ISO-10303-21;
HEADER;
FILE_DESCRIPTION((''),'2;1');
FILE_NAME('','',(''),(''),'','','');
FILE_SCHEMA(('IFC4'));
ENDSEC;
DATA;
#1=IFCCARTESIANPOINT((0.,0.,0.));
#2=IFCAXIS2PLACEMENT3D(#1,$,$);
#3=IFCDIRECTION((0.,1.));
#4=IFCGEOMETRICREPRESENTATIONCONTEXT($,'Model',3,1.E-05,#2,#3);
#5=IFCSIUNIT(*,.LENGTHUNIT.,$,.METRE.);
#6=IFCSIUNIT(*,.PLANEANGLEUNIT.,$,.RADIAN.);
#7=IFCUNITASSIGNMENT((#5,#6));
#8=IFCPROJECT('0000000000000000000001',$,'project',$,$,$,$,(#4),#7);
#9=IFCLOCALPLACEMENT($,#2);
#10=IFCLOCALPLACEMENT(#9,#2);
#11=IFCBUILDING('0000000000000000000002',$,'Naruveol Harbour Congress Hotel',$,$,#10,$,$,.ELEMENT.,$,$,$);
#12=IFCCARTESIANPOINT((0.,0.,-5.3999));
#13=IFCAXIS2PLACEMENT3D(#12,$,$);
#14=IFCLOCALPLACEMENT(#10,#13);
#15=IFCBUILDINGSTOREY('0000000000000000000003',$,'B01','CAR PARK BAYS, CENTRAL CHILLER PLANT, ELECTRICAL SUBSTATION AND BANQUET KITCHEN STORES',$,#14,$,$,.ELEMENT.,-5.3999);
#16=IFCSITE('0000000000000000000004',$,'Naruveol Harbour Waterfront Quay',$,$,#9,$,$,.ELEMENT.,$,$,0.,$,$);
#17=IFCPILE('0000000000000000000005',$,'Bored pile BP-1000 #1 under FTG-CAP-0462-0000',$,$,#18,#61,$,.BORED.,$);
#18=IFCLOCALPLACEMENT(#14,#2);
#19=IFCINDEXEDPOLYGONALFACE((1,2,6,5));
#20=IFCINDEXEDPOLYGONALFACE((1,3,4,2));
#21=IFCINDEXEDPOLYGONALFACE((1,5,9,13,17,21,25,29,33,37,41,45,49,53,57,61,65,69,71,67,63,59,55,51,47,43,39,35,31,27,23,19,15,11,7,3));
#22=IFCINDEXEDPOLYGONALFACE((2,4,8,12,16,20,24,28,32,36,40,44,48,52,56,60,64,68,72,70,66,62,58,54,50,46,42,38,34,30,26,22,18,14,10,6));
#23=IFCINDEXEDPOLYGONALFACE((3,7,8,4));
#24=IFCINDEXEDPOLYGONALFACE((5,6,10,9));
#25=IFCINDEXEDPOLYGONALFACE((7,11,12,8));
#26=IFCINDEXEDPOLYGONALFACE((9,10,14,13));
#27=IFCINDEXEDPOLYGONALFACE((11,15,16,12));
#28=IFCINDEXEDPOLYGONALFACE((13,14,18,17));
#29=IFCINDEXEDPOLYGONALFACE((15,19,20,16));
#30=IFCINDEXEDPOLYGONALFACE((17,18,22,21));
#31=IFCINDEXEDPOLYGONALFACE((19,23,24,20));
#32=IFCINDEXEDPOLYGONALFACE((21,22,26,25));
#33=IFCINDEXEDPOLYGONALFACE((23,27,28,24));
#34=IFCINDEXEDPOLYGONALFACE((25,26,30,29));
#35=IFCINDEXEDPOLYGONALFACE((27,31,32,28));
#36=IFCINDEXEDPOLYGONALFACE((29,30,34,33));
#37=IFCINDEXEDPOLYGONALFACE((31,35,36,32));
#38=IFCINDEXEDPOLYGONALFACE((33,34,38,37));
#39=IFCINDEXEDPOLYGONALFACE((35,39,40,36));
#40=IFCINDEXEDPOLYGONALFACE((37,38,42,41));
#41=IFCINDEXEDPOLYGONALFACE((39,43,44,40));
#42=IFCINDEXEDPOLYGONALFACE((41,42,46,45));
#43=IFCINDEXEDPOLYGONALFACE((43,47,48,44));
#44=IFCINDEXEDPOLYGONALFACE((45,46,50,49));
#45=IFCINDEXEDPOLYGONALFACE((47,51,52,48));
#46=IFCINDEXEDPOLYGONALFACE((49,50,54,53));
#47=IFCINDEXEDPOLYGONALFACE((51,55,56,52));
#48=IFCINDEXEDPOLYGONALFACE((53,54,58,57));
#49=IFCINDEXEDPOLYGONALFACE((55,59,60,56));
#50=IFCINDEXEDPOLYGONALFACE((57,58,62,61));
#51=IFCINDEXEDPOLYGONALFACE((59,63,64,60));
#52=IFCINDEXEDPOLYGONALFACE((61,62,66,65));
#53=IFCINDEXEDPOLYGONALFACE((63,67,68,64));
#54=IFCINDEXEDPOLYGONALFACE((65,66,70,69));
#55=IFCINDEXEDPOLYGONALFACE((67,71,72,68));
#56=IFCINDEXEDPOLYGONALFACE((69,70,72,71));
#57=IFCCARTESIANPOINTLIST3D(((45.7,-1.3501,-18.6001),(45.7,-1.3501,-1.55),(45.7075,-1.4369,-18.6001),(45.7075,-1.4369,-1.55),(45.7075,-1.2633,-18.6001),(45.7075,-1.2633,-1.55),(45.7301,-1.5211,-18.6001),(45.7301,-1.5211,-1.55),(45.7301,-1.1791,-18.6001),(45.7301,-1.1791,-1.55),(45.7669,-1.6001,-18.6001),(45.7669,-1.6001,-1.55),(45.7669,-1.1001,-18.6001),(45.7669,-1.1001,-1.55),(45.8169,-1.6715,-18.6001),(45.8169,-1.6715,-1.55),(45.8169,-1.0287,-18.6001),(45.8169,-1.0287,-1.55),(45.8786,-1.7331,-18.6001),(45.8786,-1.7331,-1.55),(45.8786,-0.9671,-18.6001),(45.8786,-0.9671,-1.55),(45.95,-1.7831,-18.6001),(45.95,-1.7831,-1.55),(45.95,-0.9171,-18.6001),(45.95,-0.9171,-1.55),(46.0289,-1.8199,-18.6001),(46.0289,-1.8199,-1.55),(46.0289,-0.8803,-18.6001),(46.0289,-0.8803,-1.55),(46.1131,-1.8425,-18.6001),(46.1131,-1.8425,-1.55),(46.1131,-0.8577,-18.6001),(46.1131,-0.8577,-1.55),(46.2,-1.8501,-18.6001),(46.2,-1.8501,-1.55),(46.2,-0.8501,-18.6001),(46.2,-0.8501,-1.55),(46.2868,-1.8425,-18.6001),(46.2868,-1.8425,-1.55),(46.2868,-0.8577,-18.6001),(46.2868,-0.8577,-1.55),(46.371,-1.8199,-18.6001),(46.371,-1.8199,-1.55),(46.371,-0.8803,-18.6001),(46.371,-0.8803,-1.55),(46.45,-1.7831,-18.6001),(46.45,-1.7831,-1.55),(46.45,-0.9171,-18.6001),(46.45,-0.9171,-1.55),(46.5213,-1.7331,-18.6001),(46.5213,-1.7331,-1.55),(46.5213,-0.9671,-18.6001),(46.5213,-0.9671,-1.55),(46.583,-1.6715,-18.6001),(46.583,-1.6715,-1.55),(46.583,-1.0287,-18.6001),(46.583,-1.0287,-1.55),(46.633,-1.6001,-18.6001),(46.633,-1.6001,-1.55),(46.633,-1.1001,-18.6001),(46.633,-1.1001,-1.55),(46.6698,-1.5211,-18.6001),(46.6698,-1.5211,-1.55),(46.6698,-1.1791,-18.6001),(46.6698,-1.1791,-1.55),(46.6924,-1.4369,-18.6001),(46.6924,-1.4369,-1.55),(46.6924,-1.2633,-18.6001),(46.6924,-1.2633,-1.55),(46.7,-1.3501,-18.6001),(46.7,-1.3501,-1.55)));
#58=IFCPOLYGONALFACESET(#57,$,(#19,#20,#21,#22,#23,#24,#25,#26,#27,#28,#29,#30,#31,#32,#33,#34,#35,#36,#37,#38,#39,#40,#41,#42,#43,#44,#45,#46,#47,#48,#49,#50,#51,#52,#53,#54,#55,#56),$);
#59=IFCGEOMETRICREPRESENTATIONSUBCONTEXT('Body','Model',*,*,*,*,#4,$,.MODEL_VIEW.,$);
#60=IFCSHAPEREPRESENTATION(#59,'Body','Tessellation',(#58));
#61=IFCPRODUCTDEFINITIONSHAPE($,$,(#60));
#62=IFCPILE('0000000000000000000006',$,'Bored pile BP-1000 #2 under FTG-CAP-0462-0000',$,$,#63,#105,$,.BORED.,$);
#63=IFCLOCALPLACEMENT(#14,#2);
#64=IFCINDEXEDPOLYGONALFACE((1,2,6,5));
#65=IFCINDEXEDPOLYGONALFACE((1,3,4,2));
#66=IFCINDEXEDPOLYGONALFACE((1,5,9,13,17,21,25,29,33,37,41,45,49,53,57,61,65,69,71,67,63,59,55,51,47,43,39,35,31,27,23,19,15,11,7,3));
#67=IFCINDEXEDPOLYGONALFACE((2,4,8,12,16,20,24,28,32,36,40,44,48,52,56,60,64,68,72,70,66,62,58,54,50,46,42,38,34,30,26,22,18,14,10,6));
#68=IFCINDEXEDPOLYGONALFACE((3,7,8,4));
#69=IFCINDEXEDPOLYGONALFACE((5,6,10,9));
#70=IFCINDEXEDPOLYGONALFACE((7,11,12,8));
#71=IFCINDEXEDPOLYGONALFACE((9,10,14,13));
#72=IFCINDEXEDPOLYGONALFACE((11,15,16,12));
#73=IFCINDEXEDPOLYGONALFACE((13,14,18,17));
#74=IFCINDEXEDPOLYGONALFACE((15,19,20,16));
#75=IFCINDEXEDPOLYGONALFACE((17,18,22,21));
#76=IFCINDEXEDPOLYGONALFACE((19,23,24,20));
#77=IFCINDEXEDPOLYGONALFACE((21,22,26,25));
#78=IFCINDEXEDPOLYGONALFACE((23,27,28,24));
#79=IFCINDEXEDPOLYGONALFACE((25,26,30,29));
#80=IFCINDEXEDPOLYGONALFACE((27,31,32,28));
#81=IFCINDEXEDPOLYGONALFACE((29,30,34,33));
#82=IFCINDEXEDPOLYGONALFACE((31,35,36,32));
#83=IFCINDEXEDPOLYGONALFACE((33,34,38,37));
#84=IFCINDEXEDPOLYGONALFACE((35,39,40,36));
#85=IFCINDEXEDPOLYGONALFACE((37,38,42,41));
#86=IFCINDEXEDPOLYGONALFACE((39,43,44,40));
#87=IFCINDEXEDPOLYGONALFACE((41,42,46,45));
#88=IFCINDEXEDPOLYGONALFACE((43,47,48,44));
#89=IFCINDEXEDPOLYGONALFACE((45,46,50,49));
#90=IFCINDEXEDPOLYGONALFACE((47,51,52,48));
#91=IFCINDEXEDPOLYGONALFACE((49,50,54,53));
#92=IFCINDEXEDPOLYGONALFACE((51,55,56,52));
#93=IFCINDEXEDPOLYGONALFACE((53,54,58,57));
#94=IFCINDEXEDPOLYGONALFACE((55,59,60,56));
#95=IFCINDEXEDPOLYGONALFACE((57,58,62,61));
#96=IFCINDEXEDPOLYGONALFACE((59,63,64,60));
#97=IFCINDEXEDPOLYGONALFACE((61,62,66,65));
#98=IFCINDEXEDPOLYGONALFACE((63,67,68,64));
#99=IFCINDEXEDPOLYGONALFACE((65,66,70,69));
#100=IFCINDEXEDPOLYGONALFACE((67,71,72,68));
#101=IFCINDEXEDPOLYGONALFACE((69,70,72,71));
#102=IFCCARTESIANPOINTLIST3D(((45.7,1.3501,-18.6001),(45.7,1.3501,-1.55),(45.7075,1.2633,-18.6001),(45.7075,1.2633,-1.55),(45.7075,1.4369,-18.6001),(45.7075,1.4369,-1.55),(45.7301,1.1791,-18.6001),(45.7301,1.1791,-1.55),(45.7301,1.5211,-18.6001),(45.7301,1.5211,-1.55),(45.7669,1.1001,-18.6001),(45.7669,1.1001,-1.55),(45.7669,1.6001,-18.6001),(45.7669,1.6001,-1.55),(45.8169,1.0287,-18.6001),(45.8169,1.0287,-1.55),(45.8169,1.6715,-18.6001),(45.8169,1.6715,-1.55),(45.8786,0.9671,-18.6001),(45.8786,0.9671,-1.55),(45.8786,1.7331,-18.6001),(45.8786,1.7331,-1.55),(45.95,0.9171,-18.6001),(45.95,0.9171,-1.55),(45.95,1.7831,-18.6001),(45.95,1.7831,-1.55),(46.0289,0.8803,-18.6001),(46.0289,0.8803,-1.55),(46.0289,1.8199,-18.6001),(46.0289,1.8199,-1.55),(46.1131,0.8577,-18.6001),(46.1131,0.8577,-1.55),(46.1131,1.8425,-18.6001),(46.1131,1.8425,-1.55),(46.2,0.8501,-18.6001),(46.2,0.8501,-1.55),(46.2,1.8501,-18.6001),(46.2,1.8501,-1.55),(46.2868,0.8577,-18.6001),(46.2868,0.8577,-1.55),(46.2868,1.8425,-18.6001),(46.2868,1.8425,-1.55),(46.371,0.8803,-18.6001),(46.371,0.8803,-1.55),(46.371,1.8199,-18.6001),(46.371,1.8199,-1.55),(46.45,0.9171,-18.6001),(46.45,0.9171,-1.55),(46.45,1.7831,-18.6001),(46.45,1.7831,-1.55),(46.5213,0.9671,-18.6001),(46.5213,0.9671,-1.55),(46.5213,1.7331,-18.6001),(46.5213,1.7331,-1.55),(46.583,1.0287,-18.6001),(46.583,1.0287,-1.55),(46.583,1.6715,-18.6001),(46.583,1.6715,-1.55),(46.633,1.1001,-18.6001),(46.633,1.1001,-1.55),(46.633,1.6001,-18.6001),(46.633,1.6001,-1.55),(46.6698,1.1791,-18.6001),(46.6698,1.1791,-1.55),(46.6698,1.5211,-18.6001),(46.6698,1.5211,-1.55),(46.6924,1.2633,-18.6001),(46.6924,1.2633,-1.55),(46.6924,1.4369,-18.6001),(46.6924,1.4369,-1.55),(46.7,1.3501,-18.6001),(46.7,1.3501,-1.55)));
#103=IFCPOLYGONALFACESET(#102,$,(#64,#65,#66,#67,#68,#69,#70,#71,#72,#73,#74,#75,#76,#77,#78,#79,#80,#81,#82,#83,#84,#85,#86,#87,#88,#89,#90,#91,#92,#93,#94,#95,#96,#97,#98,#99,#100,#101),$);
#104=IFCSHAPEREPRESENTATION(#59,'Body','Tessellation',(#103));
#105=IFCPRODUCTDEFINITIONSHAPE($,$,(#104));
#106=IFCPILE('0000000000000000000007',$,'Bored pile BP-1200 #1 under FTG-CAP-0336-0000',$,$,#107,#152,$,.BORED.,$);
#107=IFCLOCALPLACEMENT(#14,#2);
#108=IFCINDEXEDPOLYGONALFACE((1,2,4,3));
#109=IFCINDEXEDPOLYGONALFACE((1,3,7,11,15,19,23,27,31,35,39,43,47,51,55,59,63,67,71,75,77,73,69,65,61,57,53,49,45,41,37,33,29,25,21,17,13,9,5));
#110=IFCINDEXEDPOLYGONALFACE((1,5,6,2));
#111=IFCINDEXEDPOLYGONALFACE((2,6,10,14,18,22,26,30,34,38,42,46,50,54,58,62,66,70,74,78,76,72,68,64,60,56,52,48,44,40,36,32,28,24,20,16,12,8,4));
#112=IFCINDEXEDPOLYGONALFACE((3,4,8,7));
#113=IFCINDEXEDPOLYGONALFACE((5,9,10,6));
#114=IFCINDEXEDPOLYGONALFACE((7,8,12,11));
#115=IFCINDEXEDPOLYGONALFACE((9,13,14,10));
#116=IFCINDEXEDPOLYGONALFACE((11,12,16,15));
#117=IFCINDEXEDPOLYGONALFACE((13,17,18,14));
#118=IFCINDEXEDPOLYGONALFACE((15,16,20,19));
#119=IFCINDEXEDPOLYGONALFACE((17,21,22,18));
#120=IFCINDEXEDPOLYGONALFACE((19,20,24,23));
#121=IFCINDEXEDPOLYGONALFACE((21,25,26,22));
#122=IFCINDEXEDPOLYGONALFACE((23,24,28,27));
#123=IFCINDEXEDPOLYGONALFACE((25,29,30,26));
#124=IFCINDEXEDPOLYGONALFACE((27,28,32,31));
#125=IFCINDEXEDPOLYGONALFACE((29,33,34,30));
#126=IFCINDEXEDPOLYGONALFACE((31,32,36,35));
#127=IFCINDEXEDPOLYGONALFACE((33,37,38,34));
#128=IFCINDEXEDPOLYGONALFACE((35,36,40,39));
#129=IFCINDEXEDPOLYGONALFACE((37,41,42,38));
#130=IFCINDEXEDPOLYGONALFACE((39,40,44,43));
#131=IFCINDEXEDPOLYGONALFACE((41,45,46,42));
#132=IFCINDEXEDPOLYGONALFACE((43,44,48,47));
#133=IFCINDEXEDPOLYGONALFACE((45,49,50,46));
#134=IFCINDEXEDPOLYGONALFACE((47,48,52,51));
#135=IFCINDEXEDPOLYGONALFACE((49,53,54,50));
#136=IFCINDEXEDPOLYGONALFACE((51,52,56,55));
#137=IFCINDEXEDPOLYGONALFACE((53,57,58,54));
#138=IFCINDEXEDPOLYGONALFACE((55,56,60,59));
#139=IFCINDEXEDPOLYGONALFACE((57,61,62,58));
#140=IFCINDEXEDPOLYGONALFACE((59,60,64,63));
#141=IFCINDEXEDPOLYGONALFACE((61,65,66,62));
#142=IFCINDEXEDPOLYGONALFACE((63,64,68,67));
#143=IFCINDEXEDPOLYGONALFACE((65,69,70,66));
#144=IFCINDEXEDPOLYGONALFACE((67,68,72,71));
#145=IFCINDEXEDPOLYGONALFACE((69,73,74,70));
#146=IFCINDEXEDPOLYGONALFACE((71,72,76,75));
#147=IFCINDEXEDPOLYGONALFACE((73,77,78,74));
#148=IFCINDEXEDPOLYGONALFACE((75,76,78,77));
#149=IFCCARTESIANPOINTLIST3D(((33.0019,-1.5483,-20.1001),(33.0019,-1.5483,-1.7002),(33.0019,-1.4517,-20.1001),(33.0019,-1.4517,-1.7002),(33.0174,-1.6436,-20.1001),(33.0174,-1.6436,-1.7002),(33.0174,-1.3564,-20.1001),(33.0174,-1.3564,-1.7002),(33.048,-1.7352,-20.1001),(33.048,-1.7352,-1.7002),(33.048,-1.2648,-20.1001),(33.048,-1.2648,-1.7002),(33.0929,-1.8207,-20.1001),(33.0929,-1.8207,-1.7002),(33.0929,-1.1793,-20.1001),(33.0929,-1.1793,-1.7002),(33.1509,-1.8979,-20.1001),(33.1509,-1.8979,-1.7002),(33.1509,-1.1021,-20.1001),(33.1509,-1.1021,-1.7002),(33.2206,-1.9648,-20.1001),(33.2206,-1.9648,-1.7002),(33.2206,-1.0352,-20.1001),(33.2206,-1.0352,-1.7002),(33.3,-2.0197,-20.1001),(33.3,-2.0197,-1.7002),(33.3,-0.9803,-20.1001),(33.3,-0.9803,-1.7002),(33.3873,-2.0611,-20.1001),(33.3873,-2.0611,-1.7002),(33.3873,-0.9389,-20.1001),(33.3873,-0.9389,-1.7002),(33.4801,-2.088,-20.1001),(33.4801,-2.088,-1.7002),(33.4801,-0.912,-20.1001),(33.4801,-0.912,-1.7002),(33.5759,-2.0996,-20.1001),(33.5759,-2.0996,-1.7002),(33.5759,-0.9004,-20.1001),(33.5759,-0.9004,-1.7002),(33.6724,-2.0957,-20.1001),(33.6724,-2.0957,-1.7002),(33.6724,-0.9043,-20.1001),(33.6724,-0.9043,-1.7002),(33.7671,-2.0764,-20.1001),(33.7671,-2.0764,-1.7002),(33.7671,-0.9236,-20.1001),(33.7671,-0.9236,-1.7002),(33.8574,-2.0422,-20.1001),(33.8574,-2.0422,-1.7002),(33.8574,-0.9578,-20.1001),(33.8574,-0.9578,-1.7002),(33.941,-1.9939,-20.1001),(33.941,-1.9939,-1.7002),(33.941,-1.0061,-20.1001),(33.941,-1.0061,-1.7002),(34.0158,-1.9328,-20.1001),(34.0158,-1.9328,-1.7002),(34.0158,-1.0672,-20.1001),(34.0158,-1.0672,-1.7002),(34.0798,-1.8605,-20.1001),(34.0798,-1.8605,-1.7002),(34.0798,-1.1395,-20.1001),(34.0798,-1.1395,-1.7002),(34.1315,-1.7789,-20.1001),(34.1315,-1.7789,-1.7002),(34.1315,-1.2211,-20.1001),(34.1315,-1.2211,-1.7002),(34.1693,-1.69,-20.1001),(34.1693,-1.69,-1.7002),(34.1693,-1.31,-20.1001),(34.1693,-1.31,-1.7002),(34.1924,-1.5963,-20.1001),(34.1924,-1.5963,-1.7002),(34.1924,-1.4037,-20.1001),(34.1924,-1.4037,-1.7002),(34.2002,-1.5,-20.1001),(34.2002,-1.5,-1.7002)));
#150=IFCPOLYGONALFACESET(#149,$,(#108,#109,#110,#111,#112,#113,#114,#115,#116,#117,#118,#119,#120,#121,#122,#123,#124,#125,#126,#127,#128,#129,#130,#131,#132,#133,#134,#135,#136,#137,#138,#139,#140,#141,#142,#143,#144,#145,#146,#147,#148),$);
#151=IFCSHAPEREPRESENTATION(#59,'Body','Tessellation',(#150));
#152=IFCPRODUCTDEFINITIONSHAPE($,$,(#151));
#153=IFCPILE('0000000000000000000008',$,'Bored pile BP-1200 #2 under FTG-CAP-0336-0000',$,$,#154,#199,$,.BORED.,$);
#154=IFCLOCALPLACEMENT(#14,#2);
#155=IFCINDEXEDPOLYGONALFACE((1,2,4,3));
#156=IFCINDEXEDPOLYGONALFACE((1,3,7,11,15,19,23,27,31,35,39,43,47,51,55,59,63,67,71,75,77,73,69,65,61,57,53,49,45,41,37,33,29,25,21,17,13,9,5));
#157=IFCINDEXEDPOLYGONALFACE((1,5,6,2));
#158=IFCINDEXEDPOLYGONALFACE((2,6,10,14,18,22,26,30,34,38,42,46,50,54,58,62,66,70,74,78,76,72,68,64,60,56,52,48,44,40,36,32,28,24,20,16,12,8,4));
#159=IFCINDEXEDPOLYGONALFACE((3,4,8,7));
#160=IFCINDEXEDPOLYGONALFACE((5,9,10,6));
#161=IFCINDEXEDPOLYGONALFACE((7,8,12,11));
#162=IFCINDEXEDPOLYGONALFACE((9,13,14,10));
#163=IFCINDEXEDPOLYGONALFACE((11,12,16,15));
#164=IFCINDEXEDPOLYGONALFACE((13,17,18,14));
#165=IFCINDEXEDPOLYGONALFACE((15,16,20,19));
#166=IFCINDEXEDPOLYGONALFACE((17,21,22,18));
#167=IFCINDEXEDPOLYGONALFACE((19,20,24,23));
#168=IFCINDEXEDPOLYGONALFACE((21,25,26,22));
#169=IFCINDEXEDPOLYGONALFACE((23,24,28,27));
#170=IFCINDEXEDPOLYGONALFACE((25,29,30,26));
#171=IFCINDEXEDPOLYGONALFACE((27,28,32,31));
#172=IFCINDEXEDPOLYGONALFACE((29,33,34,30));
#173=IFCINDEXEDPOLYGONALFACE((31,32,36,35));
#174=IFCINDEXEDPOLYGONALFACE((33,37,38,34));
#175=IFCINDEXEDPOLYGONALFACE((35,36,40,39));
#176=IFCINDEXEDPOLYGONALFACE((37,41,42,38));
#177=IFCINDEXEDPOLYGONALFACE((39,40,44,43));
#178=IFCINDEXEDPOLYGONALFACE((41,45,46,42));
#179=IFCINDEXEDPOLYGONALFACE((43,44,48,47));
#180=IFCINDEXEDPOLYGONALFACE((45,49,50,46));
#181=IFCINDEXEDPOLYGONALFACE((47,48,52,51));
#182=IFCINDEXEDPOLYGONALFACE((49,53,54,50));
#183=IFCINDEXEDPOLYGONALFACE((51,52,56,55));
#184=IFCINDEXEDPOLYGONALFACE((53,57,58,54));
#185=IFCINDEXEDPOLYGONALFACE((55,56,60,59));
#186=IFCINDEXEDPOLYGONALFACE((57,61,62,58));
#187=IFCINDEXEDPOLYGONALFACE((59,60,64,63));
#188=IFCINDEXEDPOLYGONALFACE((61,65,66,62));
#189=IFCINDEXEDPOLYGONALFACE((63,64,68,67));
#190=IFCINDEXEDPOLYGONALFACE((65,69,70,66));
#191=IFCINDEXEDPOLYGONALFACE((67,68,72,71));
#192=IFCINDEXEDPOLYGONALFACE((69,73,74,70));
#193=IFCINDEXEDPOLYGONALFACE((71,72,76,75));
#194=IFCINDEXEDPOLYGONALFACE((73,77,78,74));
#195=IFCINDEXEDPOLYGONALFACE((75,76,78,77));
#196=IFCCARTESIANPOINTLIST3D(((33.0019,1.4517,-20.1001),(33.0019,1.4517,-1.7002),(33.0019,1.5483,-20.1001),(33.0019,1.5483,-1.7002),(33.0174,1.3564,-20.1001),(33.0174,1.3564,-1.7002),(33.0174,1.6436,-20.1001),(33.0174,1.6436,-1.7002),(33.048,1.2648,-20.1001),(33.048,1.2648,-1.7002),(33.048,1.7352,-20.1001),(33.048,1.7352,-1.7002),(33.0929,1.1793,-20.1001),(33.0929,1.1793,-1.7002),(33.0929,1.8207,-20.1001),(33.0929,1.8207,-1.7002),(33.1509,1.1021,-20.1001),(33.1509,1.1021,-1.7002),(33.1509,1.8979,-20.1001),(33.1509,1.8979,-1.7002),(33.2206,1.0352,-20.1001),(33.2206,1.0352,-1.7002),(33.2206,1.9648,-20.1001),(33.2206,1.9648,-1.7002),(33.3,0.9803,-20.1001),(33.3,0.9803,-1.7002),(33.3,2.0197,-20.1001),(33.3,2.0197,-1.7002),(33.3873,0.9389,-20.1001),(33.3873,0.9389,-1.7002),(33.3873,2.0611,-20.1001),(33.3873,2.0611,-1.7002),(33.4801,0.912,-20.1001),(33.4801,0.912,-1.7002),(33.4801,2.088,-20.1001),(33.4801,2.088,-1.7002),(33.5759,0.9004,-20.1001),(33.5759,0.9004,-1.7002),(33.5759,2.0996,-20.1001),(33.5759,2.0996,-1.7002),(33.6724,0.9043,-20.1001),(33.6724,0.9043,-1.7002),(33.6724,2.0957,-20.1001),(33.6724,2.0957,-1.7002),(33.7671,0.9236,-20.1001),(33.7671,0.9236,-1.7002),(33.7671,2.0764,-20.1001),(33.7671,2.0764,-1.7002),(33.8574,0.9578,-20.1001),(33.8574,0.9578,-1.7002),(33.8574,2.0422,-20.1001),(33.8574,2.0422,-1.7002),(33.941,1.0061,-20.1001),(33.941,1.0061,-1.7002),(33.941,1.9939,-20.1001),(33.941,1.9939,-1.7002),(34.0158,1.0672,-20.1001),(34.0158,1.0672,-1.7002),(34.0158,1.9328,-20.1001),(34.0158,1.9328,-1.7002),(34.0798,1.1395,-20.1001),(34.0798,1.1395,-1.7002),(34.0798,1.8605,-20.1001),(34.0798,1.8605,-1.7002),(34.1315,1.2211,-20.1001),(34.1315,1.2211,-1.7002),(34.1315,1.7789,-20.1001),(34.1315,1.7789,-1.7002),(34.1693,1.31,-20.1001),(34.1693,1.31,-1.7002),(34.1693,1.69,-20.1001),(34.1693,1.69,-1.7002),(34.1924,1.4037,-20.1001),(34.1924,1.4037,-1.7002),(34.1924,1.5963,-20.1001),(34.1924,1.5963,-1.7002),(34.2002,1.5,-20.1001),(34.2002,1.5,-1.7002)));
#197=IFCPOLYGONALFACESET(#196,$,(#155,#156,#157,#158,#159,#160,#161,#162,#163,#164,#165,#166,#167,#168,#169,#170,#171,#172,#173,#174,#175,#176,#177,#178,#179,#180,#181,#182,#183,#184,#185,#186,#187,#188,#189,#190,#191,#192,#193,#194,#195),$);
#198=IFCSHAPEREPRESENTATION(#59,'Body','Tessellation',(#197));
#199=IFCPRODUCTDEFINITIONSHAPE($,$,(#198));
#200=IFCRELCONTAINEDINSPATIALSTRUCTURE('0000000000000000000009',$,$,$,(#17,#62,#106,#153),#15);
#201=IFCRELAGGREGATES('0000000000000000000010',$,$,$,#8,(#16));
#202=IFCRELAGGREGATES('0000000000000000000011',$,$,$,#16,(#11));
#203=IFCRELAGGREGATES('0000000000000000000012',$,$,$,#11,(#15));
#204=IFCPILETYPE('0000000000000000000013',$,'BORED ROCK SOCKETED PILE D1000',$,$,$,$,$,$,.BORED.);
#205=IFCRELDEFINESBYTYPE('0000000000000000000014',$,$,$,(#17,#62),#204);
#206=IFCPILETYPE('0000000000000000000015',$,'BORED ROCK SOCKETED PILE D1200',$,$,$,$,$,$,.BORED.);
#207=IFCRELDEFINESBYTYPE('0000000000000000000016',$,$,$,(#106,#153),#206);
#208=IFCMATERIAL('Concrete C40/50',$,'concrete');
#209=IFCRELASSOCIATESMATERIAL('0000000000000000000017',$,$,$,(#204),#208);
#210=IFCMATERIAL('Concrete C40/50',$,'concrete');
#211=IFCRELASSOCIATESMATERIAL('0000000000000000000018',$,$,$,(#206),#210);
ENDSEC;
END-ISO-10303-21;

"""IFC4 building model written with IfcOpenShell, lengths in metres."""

from ifc_helpers import new_model, si_unit, direction, frame, origin, origin_2d, place, context, subcontext, project, spatial, circle, extrude, material, material_profile, profile_set, type_object, element, save


model = new_model("IFC4")

# Units and contexts
model_context = context("Model", 3, precision=1e-05, world=origin(), true_north=direction((0.0, 1.0)))
body_context = subcontext(model_context, "Body", "Model", "MODEL_VIEW")
ifc_project = project(units=[si_unit("LENGTHUNIT", "METRE"), si_unit("PLANEANGLEUNIT", "RADIAN")], contexts=[model_context])

# Site, building, storey
site_placement = place(None, origin())
site = spatial("IfcSite", under=ifc_project, at=site_placement, Name="Naruveol Harbour Waterfront Quay", CompositionType="ELEMENT", RefElevation=0.0)
building_placement = place(site_placement, origin())
building = spatial("IfcBuilding", under=site, at=building_placement, Name="Naruveol Harbour Congress Hotel", CompositionType="ELEMENT")
storey_placement = place(building_placement, frame((0.0, 0.0, -5.3999)))
storey = spatial("IfcBuildingStorey", under=building, at=storey_placement, Name="B01", Description="CAR PARK BAYS, CENTRAL CHILLER PLANT, ELECTRICAL SUBSTATION AND BANQUET KITCHEN STORES", CompositionType="ELEMENT", Elevation=-5.3999)

# Piles
ifc_material_1 = material(Name="Concrete C40/50", Category="concrete")
ifc_material_profile_1 = material_profile(ifc_material_1, circle(Radius=0.5, at=origin_2d()), Name="BP-1000")
ifc_profile_set_1 = profile_set([ifc_material_profile_1], Name="Concrete C40/50")
pile_type_1 = type_object("IfcPileType", Name="BORED ROCK SOCKETED PILE D1000", PredefinedType="BORED", material=ifc_profile_set_1)
for number, where, z_axis, x_axis, name in (
    (1, (46.2, -1.3501, -1.55), (0.0, 0.0, -1.0), (1.0, 0.0, 0.0), "Bored pile BP-1000 #1 under FTG-CAP-0462-0000"),
    (2, (46.2, 1.3501, -1.55), (0.0, 0.0, -1.0), (1.0, 0.0, 0.0), "Bored pile BP-1000 #2 under FTG-CAP-0462-0000"),
):
    element("IfcPile", number, at=place(storey_placement, frame(where, z_axis=z_axis, x_axis=x_axis)), inside=storey, type_object=pile_type_1, Name=name, PredefinedType="BORED", context=body_context, shape_type="SweptSolid", body=[
        extrude(circle(Radius=0.5, at=origin_2d()), origin(), (0.0, 0.0, 1.0), 17.05),
    ])
ifc_material_2 = material(Name="Concrete C40/50", Category="concrete")
ifc_material_profile_2 = material_profile(ifc_material_2, circle(Radius=0.6001, at=origin_2d()), Name="BP-1200")
ifc_profile_set_2 = profile_set([ifc_material_profile_2], Name="Concrete C40/50")
pile_type_2 = type_object("IfcPileType", Name="BORED ROCK SOCKETED PILE D1200", PredefinedType="BORED", material=ifc_profile_set_2)
for number, where, z_axis, x_axis, name in (
    (3, (33.6001, -1.5, -1.7002), (0.0, 0.0, -1.0), (1.0, 0.0, 0.0), "Bored pile BP-1200 #1 under FTG-CAP-0336-0000"),
    (4, (33.6001, 1.5, -1.7002), (0.0, 0.0, -1.0), (1.0, 0.0, 0.0), "Bored pile BP-1200 #2 under FTG-CAP-0336-0000"),
):
    element("IfcPile", number, at=place(storey_placement, frame(where, z_axis=z_axis, x_axis=x_axis)), inside=storey, type_object=pile_type_2, Name=name, PredefinedType="BORED", context=body_context, shape_type="SweptSolid", body=[
        extrude(circle(Radius=0.6001, at=origin_2d()), origin(), (0.0, 0.0, 1.0), 18.3999),
    ])

save(model, "model.ifc")
